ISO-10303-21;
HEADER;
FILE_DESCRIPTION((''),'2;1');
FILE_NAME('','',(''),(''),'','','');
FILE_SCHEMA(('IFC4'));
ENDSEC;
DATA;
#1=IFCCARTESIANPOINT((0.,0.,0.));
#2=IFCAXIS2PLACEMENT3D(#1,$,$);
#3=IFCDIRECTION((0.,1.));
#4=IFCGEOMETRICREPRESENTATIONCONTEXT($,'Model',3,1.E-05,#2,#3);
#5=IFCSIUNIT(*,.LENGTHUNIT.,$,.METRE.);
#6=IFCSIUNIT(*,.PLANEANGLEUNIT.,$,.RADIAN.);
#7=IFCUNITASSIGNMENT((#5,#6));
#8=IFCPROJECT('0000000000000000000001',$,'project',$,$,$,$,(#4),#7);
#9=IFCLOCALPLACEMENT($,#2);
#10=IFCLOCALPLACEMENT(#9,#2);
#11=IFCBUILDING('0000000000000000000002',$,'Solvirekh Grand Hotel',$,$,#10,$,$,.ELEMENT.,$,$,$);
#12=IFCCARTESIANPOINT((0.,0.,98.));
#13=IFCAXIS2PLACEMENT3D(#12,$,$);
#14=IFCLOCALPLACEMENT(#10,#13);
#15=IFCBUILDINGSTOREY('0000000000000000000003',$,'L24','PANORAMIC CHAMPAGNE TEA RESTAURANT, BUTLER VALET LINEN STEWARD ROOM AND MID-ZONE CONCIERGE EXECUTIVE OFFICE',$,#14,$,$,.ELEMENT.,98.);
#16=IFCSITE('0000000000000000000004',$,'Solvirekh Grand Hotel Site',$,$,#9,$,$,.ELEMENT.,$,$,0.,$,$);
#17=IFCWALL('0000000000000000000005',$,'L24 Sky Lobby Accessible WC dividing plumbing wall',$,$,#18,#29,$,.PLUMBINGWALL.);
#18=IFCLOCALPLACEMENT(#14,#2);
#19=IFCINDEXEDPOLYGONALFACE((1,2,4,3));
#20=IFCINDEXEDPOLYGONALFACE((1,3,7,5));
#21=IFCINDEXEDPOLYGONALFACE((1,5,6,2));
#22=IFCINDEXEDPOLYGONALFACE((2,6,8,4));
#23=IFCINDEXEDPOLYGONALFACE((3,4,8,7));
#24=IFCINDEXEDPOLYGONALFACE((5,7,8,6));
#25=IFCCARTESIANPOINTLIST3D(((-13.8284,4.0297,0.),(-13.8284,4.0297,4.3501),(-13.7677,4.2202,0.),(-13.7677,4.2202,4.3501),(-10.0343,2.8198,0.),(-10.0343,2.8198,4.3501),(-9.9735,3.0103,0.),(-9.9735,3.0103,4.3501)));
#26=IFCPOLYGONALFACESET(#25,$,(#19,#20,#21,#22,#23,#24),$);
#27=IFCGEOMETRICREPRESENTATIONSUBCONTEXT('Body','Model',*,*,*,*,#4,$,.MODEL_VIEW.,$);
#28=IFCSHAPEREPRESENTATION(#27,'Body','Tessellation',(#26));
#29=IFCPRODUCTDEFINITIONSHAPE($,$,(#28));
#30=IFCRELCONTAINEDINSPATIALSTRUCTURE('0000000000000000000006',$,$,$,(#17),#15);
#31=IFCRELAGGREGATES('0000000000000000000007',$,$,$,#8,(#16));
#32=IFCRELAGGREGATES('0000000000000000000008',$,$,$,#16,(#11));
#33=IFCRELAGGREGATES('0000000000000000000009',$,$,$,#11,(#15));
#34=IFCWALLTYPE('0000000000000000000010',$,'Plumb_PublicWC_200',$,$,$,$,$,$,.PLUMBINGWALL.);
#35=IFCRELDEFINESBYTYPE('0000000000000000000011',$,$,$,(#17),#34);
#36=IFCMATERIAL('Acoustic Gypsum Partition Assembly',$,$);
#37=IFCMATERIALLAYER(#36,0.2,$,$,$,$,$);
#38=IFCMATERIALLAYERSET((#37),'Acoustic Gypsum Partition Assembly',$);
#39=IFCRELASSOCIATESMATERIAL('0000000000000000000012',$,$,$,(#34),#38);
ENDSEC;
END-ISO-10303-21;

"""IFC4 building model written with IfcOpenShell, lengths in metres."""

from ifc_helpers import new_model, si_unit, direction, frame, frame_2d, origin, place, context, subcontext, project, spatial, rectangle, extrude, material, layer, layer_set, type_object, element, save


model = new_model("IFC4")

# Units and contexts
model_context = context("Model", 3, precision=1e-05, world=origin(), true_north=direction((0.0, 1.0)))
body_context = subcontext(model_context, "Body", "Model", "MODEL_VIEW")
ifc_project = project(units=[si_unit("LENGTHUNIT", "METRE"), si_unit("PLANEANGLEUNIT", "RADIAN")], contexts=[model_context])

# Site, building, storey
site_placement = place(None, origin())
site = spatial("IfcSite", under=ifc_project, at=site_placement, Name="Solvirekh Grand Hotel Site", CompositionType="ELEMENT", RefElevation=0.0)
building_placement = place(site_placement, origin())
building = spatial("IfcBuilding", under=site, at=building_placement, Name="Solvirekh Grand Hotel", CompositionType="ELEMENT")
storey_placement = place(building_placement, frame((0.0, 0.0, 98.0)))
storey = spatial("IfcBuildingStorey", under=building, at=storey_placement, Name="L24", Description="PANORAMIC CHAMPAGNE TEA RESTAURANT, BUTLER VALET LINEN STEWARD ROOM AND MID-ZONE CONCIERGE EXECUTIVE OFFICE", CompositionType="ELEMENT", Elevation=98.0)

# Shared definitions
ifc_material_1 = material(Name="Acoustic Gypsum Partition Assembly")

# Wall
ifc_layer_1 = layer(ifc_material_1, 0.2)
ifc_layer_set_1 = layer_set([ifc_layer_1], Name="Acoustic Gypsum Partition Assembly")
wall_type_1 = type_object("IfcWallType", Name="Plumb_PublicWC_200", PredefinedType="PLUMBINGWALL", material=ifc_layer_set_1)
wall_1_placement = place(storey_placement, frame((-10.0039, 2.915, 0.0), z_axis=(0.0, 0.0, 1.0), x_axis=(-0.952728, 0.303824, 0.0)))
element("IfcWall", 1, at=wall_1_placement, inside=storey, type_object=wall_type_1, Name="L24 Sky Lobby Accessible WC dividing plumbing wall", PredefinedType="PLUMBINGWALL", context=body_context, shape_type="SweptSolid", body=[
    extrude(rectangle(XDim=3.9824, YDim=0.2, at=frame_2d((1.9912, 0.0))), origin(), (0.0, 0.0, 1.0), 4.3501),
])

save(model, "model.ifc")
